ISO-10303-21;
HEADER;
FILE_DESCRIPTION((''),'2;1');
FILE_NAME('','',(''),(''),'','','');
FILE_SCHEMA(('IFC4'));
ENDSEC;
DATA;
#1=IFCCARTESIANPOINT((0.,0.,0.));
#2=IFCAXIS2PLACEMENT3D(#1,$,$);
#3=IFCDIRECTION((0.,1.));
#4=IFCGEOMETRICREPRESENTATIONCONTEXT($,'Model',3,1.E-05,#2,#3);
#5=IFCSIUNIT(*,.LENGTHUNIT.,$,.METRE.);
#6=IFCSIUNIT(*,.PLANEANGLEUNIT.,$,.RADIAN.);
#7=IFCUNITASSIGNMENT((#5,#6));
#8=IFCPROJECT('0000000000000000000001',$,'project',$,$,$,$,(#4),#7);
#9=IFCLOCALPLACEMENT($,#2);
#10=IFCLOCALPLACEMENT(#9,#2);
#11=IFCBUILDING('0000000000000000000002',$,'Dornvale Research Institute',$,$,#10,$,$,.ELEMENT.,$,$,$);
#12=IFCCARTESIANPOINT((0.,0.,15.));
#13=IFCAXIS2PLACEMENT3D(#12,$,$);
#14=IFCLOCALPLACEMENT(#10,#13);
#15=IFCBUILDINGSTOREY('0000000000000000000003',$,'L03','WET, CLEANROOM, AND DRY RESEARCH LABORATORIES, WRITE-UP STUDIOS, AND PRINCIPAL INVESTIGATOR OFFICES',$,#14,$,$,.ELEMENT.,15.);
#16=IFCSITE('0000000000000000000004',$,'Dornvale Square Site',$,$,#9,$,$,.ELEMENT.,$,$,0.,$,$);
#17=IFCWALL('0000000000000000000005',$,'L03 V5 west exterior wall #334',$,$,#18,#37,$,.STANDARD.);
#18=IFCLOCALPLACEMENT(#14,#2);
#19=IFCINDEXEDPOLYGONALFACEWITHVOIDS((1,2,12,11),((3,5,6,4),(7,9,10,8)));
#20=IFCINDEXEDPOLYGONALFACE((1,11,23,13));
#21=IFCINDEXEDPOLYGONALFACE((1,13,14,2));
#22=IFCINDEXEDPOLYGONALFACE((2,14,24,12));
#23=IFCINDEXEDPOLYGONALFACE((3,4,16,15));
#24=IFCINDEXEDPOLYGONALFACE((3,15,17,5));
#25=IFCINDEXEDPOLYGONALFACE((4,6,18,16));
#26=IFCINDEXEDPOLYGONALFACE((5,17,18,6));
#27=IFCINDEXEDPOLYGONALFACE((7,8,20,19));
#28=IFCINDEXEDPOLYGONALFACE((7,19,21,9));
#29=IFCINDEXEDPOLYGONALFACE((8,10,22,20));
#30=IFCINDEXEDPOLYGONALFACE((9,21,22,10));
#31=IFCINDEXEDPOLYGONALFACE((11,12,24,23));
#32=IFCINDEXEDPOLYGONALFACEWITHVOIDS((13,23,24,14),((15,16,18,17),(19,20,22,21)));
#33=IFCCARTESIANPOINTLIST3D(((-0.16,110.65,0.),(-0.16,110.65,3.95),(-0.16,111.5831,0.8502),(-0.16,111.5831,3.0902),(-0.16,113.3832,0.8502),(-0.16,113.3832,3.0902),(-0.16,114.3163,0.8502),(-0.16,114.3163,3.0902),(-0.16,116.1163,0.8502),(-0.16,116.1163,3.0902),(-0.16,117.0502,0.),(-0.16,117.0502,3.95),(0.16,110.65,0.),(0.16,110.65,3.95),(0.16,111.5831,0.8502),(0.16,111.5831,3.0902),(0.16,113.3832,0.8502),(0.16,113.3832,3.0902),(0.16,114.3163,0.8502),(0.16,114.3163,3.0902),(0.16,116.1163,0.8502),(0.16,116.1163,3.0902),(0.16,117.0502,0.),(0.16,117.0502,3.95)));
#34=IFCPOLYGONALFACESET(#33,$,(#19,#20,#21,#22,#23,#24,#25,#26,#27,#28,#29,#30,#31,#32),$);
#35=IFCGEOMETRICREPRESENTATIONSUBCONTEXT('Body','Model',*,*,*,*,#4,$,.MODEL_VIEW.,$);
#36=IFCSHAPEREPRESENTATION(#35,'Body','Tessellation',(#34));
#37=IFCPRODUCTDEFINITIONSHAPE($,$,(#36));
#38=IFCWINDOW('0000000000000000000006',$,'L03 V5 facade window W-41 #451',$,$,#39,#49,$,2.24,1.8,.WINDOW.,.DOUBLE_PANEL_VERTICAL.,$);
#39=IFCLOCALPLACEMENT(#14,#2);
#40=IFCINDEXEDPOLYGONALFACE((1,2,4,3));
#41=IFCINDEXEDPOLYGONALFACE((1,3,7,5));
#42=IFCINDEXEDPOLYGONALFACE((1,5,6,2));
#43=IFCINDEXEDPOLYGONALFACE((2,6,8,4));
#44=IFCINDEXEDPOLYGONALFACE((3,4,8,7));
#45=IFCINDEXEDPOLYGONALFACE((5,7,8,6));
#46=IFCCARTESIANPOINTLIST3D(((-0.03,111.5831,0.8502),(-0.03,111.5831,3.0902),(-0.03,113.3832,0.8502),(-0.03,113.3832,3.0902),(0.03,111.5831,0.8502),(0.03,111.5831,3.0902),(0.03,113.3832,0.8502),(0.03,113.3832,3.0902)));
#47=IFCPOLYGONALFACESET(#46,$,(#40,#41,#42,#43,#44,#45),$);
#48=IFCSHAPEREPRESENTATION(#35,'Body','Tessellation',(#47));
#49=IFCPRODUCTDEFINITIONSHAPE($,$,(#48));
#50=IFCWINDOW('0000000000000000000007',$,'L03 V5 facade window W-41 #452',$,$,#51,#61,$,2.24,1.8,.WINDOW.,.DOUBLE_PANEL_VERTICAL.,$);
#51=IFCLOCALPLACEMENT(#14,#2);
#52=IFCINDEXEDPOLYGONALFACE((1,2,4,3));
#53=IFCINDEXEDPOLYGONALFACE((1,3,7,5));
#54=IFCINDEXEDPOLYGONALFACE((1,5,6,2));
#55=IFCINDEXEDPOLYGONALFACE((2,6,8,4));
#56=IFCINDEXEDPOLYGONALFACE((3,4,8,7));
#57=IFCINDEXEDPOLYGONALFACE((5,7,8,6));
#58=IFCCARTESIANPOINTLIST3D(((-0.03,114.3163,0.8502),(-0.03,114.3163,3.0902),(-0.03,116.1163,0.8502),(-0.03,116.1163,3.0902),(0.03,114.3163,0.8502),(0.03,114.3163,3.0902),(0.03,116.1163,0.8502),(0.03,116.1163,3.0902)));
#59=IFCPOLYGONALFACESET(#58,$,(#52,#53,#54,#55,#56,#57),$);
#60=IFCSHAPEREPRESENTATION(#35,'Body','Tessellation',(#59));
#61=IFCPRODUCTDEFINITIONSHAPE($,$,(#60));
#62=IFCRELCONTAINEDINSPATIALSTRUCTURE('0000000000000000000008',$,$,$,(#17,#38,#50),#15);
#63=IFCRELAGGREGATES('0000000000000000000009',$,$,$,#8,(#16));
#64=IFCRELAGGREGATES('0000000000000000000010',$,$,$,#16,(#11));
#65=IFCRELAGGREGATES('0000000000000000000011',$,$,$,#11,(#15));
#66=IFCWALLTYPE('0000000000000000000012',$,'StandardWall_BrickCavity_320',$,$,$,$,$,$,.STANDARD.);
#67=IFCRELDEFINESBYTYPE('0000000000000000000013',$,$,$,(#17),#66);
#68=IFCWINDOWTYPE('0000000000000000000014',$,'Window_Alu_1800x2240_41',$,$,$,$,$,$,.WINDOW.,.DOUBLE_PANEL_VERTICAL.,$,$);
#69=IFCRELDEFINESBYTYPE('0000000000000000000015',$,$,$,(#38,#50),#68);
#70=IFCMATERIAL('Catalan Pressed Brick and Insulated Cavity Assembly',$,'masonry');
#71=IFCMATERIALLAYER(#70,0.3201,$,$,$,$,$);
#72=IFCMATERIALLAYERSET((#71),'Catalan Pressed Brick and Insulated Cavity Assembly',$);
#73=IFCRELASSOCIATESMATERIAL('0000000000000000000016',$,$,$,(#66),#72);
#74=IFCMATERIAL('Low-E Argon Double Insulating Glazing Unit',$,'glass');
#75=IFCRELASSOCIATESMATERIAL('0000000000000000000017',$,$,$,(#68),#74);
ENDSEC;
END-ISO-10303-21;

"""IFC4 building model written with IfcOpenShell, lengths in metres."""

from ifc_helpers import new_model, si_unit, direction, frame, frame_2d, origin, place, context, subcontext, project, spatial, rectangle, extrude, material, layer, layer_set, type_object, element, fill, save


model = new_model("IFC4")

# Units and contexts
model_context = context("Model", 3, precision=1e-05, world=origin(), true_north=direction((0.0, 1.0)))
body_context = subcontext(model_context, "Body", "Model", "MODEL_VIEW")
ifc_project = project(units=[si_unit("LENGTHUNIT", "METRE"), si_unit("PLANEANGLEUNIT", "RADIAN")], contexts=[model_context])

# Site, building, storey
site_placement = place(None, origin())
site = spatial("IfcSite", under=ifc_project, at=site_placement, Name="Dornvale Square Site", CompositionType="ELEMENT", RefElevation=0.0)
building_placement = place(site_placement, origin())
building = spatial("IfcBuilding", under=site, at=building_placement, Name="Dornvale Research Institute", CompositionType="ELEMENT")
storey_placement = place(building_placement, frame((0.0, 0.0, 15.0)))
storey = spatial("IfcBuildingStorey", under=building, at=storey_placement, Name="L03", Description="WET, CLEANROOM, AND DRY RESEARCH LABORATORIES, WRITE-UP STUDIOS, AND PRINCIPAL INVESTIGATOR OFFICES", CompositionType="ELEMENT", Elevation=15.0)

# Wall, openings, windows
ifc_material_1 = material(Name="Catalan Pressed Brick and Insulated Cavity Assembly", Category="masonry")
ifc_layer_1 = layer(ifc_material_1, 0.3201)
ifc_layer_set_1 = layer_set([ifc_layer_1], Name="Catalan Pressed Brick and Insulated Cavity Assembly")
wall_type_1 = type_object("IfcWallType", Name="StandardWall_BrickCavity_320", PredefinedType="STANDARD", material=ifc_layer_set_1)
wall_1_placement = place(storey_placement, frame((0.0, 110.6499, 0.0), z_axis=(0.0, 0.0, 1.0), x_axis=(0.0, 1.0, 0.0)))
wall_1 = element("IfcWall", 1, at=wall_1_placement, inside=storey, type_object=wall_type_1, Name="L03 V5 west exterior wall #334", PredefinedType="STANDARD", context=body_context, shape_type="SweptSolid", body=[
    extrude(rectangle(XDim=6.4001, YDim=0.3201, at=frame_2d((3.2002, 0.0))), origin(), (0.0, 0.0, 1.0), 3.95),
])
opening_1_placement = place(wall_1_placement, frame((0.9333, 0.0, 0.8501)))
opening_1 = element("IfcOpeningElement", 2, at=opening_1_placement, cuts=wall_1, PredefinedType="OPENING", context=body_context, shape_type="SweptSolid", body=[
    extrude(rectangle(XDim=1.8, YDim=2.24, at=frame_2d((0.8999, 1.1201))), frame((0.0, 0.175, 0.0), z_axis=(0.0, -1.0, 0.0), x_axis=(1.0, 0.0, 0.0)), (0.0, 0.0, 1.0), 0.3501),
])
opening_2_placement = place(wall_1_placement, frame((3.6665, 0.0, 0.8501)))
opening_2 = element("IfcOpeningElement", 3, at=opening_2_placement, cuts=wall_1, PredefinedType="OPENING", context=body_context, shape_type="SweptSolid", body=[
    extrude(rectangle(XDim=1.8, YDim=2.24, at=frame_2d((0.8999, 1.1201))), frame((0.0, 0.175, 0.0), z_axis=(0.0, -1.0, 0.0), x_axis=(1.0, 0.0, 0.0)), (0.0, 0.0, 1.0), 0.3501),
])
ifc_material_2 = material(Name="Low-E Argon Double Insulating Glazing Unit", Category="glass")
window_type = type_object("IfcWindowType", Name="Window_Alu_1800x2240_41", PartitioningType="DOUBLE_PANEL_VERTICAL", PredefinedType="WINDOW", material=ifc_material_2)
window_1_placement = place(opening_1_placement, origin())
window_1 = element("IfcWindow", 4, at=window_1_placement, inside=storey, type_object=window_type, Name="L03 V5 facade window W-41 #451", OverallHeight=2.24, OverallWidth=1.8, PartitioningType="DOUBLE_PANEL_VERTICAL", PredefinedType="WINDOW", context=body_context, shape_type="SweptSolid", body=[
    extrude(rectangle(XDim=1.8, YDim=2.24, at=frame_2d((0.8999, 1.1201))), frame((0.0, 0.03, 0.0), z_axis=(0.0, -1.0, 0.0), x_axis=(1.0, 0.0, 0.0)), (0.0, 0.0, 1.0), 0.0601),
])
fill(opening_1, window_1)
window_2_placement = place(opening_2_placement, origin())
window_2 = element("IfcWindow", 5, at=window_2_placement, inside=storey, type_object=window_type, Name="L03 V5 facade window W-41 #452", OverallHeight=2.24, OverallWidth=1.8, PartitioningType="DOUBLE_PANEL_VERTICAL", PredefinedType="WINDOW", context=body_context, shape_type="SweptSolid", body=[
    extrude(rectangle(XDim=1.8, YDim=2.24, at=frame_2d((0.8999, 1.1201))), frame((0.0, 0.03, 0.0), z_axis=(0.0, -1.0, 0.0), x_axis=(1.0, 0.0, 0.0)), (0.0, 0.0, 1.0), 0.0601),
])
fill(opening_2, window_2)

save(model, "model.ifc")
